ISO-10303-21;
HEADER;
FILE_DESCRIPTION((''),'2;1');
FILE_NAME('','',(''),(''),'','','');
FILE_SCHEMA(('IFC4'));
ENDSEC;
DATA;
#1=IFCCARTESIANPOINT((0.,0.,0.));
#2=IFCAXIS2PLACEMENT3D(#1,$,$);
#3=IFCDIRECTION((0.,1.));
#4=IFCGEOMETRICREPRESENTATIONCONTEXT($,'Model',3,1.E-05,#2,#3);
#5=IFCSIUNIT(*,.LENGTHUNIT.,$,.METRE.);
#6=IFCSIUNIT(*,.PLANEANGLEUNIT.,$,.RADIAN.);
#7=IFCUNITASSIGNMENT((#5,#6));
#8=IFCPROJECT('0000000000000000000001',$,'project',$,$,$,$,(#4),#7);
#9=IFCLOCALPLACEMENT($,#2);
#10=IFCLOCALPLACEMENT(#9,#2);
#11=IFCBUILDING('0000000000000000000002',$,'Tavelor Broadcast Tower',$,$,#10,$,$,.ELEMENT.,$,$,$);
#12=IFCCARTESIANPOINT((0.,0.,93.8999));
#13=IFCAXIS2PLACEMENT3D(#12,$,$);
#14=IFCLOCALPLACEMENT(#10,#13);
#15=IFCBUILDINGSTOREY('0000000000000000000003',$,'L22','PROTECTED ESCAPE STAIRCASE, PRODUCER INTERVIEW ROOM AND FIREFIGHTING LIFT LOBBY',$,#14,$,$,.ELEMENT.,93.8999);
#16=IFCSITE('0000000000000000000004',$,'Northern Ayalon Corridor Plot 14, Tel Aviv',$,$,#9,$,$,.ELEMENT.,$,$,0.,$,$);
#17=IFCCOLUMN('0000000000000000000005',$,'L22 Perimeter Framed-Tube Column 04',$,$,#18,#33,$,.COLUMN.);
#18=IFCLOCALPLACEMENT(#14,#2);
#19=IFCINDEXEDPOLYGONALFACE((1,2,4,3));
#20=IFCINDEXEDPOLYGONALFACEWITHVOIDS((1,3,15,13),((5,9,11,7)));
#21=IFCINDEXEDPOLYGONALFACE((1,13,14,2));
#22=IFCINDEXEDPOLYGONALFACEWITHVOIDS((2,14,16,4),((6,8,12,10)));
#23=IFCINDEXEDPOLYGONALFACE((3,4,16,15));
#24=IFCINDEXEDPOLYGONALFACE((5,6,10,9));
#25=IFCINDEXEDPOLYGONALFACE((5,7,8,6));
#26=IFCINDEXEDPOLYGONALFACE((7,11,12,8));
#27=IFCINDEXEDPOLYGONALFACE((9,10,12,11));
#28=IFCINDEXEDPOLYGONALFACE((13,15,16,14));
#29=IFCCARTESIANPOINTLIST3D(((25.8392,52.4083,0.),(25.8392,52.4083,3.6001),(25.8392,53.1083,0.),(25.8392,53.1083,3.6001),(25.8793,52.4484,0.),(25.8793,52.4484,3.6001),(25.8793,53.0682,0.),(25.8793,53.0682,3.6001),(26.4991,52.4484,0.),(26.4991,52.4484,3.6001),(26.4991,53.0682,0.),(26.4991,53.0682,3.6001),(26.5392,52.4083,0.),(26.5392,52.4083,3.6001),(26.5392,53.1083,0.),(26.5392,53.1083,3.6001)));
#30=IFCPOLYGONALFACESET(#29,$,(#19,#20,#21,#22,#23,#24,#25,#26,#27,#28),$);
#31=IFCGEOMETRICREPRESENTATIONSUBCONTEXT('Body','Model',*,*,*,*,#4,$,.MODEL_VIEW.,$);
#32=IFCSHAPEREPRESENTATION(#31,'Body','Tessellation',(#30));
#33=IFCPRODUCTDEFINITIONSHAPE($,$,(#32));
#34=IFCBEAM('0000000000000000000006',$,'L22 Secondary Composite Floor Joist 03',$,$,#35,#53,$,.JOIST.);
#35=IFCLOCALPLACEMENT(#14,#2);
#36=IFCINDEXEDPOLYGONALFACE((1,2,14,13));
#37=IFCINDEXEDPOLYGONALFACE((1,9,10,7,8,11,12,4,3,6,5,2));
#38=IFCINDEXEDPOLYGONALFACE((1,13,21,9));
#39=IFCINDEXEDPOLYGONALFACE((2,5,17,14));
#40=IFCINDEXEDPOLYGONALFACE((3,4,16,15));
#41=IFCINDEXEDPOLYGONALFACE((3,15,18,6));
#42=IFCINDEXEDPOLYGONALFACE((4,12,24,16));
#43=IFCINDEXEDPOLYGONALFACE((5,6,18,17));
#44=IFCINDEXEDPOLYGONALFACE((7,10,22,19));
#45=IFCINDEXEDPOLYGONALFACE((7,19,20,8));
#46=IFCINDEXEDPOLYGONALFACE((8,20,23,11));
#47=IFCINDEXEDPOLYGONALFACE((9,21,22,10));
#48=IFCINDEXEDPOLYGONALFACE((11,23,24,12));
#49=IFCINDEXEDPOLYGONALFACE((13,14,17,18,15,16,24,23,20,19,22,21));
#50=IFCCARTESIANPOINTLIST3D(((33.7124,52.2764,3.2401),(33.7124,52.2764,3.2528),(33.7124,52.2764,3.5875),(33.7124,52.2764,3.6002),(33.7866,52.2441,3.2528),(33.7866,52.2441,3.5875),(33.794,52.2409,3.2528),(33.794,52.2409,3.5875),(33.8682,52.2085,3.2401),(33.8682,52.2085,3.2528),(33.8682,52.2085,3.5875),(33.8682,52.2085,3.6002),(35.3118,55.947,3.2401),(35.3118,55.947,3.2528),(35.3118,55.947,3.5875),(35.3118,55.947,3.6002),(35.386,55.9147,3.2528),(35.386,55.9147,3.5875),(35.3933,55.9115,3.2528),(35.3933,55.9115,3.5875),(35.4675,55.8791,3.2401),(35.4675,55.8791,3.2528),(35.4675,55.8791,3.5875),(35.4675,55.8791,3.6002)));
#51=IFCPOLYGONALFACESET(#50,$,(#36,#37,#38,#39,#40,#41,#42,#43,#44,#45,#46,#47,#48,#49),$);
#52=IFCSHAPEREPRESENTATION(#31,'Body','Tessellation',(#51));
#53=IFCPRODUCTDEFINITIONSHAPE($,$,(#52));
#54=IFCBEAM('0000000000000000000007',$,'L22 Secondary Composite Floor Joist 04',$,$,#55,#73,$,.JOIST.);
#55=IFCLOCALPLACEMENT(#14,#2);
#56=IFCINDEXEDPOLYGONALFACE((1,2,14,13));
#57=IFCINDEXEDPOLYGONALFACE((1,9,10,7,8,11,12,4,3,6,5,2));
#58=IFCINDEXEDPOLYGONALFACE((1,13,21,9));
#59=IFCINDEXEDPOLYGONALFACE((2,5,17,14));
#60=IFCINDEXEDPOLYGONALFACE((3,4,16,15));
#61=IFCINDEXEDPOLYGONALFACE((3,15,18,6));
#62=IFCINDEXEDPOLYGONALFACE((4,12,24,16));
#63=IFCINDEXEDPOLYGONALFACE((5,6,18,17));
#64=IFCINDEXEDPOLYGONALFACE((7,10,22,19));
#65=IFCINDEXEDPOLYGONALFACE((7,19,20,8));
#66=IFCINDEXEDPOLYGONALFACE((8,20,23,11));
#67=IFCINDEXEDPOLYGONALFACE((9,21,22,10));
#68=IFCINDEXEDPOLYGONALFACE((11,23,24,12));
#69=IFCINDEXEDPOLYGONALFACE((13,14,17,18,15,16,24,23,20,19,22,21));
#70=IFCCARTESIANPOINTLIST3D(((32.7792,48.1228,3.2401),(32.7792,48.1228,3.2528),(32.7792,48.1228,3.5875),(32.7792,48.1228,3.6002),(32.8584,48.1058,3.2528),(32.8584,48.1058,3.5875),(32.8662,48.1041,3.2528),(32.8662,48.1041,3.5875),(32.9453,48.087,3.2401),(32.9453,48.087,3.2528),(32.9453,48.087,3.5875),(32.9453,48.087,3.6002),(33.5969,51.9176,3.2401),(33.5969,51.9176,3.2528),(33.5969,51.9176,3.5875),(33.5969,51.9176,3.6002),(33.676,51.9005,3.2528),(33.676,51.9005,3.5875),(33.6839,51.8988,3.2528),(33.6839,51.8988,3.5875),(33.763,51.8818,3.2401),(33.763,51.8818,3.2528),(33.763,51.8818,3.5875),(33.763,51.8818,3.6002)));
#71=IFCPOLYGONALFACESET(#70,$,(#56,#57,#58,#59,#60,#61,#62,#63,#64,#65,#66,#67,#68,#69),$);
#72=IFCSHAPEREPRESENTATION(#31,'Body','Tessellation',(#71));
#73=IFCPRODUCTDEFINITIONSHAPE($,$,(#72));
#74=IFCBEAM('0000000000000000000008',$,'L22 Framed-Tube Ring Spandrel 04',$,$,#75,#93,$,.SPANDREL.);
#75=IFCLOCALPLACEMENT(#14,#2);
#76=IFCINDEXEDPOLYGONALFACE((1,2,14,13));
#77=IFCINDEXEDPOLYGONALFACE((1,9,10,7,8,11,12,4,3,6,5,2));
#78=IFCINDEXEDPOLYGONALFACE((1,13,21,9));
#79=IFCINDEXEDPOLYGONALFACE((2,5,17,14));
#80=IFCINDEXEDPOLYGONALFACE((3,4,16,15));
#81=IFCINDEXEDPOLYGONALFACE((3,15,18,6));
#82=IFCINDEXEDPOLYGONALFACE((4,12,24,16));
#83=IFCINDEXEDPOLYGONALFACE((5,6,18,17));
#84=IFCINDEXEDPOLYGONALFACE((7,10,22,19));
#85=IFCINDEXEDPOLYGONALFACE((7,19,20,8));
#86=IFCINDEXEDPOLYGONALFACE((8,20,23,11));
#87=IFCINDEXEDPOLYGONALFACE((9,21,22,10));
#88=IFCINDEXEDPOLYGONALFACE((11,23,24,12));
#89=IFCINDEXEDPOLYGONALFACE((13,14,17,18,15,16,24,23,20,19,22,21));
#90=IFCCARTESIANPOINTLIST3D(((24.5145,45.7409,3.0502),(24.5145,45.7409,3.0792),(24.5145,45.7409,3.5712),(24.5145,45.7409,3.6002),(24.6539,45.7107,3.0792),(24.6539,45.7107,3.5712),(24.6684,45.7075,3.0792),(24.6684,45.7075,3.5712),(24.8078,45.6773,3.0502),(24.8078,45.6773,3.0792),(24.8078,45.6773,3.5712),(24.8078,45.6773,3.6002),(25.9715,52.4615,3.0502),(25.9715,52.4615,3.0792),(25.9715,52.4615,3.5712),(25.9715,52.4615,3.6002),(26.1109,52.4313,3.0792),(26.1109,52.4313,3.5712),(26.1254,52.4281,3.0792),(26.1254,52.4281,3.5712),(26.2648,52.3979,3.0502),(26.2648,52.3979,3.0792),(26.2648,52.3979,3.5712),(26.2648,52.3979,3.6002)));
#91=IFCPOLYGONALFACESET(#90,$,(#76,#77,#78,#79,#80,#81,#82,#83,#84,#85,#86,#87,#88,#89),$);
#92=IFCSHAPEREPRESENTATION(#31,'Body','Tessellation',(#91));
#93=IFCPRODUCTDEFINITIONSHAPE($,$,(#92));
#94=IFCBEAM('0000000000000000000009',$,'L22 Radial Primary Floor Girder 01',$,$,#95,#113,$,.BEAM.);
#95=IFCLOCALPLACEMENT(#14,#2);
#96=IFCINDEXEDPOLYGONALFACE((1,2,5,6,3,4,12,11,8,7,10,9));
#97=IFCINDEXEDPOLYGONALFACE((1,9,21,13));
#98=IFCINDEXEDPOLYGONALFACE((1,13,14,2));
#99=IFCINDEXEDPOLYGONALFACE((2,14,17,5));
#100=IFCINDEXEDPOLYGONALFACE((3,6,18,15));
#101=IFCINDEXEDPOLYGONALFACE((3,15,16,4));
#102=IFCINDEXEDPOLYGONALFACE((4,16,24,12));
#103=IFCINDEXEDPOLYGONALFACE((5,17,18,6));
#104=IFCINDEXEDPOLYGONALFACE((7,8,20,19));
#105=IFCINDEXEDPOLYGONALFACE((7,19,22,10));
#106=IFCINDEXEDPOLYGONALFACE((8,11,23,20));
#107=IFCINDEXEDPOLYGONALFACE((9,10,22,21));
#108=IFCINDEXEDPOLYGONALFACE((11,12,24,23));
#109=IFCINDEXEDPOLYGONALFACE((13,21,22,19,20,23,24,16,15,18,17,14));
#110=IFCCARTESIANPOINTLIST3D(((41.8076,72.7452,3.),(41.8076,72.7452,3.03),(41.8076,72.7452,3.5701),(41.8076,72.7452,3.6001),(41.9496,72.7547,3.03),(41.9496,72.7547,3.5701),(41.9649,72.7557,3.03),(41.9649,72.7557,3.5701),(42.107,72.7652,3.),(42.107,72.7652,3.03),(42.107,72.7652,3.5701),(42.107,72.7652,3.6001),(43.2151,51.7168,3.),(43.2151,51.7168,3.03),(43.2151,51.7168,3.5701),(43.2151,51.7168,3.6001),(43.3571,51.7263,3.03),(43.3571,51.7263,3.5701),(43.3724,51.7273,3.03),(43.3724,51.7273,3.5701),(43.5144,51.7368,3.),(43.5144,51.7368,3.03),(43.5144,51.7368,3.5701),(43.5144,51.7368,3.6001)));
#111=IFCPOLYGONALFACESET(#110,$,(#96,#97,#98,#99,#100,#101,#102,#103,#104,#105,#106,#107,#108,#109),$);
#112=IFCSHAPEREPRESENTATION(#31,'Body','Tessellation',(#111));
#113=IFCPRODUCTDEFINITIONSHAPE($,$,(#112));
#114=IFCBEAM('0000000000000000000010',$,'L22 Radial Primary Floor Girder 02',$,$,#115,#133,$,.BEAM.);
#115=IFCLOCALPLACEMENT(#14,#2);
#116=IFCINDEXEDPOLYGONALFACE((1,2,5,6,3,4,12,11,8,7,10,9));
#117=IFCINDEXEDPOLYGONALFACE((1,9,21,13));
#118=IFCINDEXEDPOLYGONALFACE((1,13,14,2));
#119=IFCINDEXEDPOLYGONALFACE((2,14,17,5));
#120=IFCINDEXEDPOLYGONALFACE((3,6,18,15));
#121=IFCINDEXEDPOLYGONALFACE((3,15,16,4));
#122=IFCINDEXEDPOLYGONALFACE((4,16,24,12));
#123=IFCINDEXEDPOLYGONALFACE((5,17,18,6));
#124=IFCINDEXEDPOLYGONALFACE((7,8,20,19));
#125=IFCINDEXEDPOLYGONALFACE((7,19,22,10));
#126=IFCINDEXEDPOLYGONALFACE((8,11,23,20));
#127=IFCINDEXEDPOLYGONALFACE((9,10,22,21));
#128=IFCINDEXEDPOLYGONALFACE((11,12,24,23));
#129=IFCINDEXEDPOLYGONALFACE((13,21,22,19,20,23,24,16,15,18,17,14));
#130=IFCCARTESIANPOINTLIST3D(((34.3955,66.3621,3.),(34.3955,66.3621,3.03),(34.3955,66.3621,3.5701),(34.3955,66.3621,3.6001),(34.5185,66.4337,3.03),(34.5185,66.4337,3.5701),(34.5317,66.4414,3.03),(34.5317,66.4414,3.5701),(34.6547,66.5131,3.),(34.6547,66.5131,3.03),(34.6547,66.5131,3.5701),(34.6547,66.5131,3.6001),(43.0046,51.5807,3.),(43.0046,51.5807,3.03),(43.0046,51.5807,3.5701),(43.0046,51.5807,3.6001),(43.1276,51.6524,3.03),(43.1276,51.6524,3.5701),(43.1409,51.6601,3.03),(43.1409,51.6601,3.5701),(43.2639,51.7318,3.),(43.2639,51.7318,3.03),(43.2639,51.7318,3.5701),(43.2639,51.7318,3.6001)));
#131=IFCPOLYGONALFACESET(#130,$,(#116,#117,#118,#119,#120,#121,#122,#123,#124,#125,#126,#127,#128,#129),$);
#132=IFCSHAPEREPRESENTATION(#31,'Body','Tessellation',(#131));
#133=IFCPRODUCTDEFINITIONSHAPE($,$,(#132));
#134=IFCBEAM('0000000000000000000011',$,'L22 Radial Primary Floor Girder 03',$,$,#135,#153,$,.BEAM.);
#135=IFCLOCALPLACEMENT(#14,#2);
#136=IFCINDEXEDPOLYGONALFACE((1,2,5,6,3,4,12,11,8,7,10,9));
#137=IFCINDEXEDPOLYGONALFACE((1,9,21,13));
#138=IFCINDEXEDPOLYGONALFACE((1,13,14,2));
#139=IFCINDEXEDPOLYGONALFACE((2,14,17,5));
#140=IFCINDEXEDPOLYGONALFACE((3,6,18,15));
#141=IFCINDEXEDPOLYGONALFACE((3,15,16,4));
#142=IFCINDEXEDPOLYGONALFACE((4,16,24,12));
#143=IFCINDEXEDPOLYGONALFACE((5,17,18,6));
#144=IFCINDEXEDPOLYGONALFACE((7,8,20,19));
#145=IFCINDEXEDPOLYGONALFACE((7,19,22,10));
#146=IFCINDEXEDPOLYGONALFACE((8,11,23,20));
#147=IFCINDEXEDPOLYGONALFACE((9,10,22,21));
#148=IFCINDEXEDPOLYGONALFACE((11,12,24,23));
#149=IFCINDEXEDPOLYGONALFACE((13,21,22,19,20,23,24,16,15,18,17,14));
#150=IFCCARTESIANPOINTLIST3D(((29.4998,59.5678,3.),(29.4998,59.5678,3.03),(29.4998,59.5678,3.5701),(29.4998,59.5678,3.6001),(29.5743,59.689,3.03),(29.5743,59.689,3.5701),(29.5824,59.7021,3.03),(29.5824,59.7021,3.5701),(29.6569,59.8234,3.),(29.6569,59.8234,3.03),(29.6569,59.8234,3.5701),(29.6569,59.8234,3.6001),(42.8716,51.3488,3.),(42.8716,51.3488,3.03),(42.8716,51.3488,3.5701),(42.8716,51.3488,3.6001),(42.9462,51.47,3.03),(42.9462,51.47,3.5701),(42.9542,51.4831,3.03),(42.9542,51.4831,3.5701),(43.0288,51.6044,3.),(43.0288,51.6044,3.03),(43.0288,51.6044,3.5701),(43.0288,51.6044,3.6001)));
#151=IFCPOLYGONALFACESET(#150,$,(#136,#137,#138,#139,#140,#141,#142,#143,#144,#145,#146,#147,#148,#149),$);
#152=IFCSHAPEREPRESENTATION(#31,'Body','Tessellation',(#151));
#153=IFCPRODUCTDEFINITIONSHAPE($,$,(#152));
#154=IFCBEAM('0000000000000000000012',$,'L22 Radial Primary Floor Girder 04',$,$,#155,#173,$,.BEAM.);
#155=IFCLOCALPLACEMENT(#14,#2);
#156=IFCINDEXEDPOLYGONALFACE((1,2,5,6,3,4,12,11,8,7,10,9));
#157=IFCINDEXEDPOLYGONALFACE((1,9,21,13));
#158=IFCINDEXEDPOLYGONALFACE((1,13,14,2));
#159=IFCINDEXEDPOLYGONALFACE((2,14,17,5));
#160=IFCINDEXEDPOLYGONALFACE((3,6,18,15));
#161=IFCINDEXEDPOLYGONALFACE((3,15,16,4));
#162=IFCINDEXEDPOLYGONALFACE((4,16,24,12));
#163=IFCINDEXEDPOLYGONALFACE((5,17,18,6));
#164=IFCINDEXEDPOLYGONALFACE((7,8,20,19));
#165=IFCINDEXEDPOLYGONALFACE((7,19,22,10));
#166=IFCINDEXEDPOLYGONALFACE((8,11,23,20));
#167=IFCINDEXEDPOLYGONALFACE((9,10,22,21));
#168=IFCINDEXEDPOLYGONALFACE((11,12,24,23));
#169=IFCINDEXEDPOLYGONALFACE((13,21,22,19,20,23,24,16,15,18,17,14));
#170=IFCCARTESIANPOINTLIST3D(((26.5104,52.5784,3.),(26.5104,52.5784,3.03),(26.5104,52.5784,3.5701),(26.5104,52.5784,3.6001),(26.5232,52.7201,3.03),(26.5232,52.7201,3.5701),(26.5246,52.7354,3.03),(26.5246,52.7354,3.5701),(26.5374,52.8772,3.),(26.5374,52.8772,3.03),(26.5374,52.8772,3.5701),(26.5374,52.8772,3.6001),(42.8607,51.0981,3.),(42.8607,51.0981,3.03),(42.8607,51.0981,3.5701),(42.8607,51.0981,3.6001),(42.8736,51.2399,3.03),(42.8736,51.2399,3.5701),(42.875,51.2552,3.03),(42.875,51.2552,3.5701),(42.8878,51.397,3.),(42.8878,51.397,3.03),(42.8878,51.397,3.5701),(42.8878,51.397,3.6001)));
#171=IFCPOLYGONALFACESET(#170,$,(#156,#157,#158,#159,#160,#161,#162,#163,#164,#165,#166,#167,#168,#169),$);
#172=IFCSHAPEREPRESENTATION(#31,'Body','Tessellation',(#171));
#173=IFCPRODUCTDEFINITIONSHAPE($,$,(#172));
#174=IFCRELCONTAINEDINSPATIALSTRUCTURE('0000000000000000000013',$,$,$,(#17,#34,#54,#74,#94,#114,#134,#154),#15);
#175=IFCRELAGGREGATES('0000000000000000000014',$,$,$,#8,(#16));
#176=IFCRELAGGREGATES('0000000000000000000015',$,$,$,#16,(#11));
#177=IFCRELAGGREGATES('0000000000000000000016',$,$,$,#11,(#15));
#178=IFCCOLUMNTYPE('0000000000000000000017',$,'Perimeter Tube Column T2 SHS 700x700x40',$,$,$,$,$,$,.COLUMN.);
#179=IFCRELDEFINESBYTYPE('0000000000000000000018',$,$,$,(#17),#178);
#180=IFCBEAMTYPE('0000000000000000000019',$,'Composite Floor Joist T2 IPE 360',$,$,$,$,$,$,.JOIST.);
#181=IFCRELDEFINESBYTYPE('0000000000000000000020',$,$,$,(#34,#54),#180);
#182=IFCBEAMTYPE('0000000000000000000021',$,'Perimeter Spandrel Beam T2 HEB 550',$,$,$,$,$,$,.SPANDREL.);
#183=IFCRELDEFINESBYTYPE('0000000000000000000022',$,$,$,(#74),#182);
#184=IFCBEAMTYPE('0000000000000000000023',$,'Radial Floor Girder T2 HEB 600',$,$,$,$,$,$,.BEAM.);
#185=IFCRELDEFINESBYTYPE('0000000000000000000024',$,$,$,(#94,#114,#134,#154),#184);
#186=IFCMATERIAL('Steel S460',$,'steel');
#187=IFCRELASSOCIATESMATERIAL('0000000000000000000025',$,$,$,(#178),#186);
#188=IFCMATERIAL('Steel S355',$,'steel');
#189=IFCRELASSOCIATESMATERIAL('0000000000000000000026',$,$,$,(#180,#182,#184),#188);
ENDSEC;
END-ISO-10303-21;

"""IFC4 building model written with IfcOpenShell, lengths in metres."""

from ifc_helpers import new_model, si_unit, direction, frame, origin, origin_2d, place, context, subcontext, project, spatial, hollow_rectangle, i_section, extrude, material, material_profile, profile_set, type_object, element, save


model = new_model("IFC4")

# Units and contexts
model_context = context("Model", 3, precision=1e-05, world=origin(), true_north=direction((0.0, 1.0)))
body_context = subcontext(model_context, "Body", "Model", "MODEL_VIEW")
ifc_project = project(units=[si_unit("LENGTHUNIT", "METRE"), si_unit("PLANEANGLEUNIT", "RADIAN")], contexts=[model_context])

# Site, building, storey
site_placement = place(None, origin())
site = spatial("IfcSite", under=ifc_project, at=site_placement, Name="Northern Ayalon Corridor Plot 14, Tel Aviv", CompositionType="ELEMENT", RefElevation=0.0)
building_placement = place(site_placement, origin())
building = spatial("IfcBuilding", under=site, at=building_placement, Name="Tavelor Broadcast Tower", CompositionType="ELEMENT")
storey_placement = place(building_placement, frame((0.0, 0.0, 93.8999)))
storey = spatial("IfcBuildingStorey", under=building, at=storey_placement, Name="L22", Description="PROTECTED ESCAPE STAIRCASE, PRODUCER INTERVIEW ROOM AND FIREFIGHTING LIFT LOBBY", CompositionType="ELEMENT", Elevation=93.8999)

# Column
ifc_material_1 = material(Name="Steel S460", Category="steel")
ifc_material_profile_1 = material_profile(ifc_material_1, hollow_rectangle(XDim=0.7, YDim=0.7, WallThickness=0.04, at=origin_2d()), Name="SHS 700x700x40")
ifc_profile_set_1 = profile_set([ifc_material_profile_1], Name="Steel S460")
column_type = type_object("IfcColumnType", Name="Perimeter Tube Column T2 SHS 700x700x40", PredefinedType="COLUMN", material=ifc_profile_set_1)
column_placement = place(storey_placement, frame((26.1892, 52.7583, 0.0), z_axis=(0.0, 0.0, 1.0), x_axis=(1.0, 0.0, 0.0)))
element("IfcColumn", 1, at=column_placement, inside=storey, type_object=column_type, Name="L22 Perimeter Framed-Tube Column 04", PredefinedType="COLUMN", context=body_context, shape_type="SweptSolid", body=[
    extrude(hollow_rectangle(XDim=0.7, YDim=0.7, WallThickness=0.04, at=origin_2d()), origin(), (0.0, 0.0, 1.0), 3.6001),
])

# Beams
ifc_material_2 = material(Name="Steel S355", Category="steel")
ifc_material_profile_2 = material_profile(ifc_material_2, i_section(OverallWidth=0.1699, OverallDepth=0.3601, WebThickness=0.0081, FlangeThickness=0.0127, at=origin_2d()), Name="IPE 360")
ifc_profile_set_2 = profile_set([ifc_material_profile_2], Name="Steel S355")
beam_type_1 = type_object("IfcBeamType", Name="Composite Floor Joist T2 IPE 360", PredefinedType="JOIST", material=ifc_profile_set_2)
beam_1_placement = place(storey_placement, frame((35.3896, 55.9131, 3.4202), z_axis=(-0.399446, -0.916757, 0.0), x_axis=(0.916757, -0.399446, 0.0)))
element("IfcBeam", 2, at=beam_1_placement, inside=storey, type_object=beam_type_1, Name="L22 Secondary Composite Floor Joist 03", PredefinedType="JOIST", context=body_context, shape_type="SweptSolid", body=[
    extrude(i_section(OverallWidth=0.1699, OverallDepth=0.3601, WebThickness=0.0081, FlangeThickness=0.0127, at=origin_2d()), origin(), (0.0, 0.0, 1.0), 4.0039),
])
beam_2_placement = place(storey_placement, frame((33.6799, 51.8997, 3.4202), z_axis=(-0.210633, -0.977565, 0.0), x_axis=(0.977565, -0.210633, 0.0)))
element("IfcBeam", 3, at=beam_2_placement, inside=storey, type_object=beam_type_1, Name="L22 Secondary Composite Floor Joist 04", PredefinedType="JOIST", context=body_context, shape_type="SweptSolid", body=[
    extrude(i_section(OverallWidth=0.1699, OverallDepth=0.3601, WebThickness=0.0081, FlangeThickness=0.0127, at=origin_2d()), origin(), (0.0, 0.0, 1.0), 3.8818),
])
ifc_material_profile_3 = material_profile(ifc_material_2, i_section(OverallWidth=0.3, OverallDepth=0.55, WebThickness=0.0149, FlangeThickness=0.0291, at=origin_2d()), Name="HEB 550")
ifc_profile_set_3 = profile_set([ifc_material_profile_3], Name="Steel S355")
beam_type_2 = type_object("IfcBeamType", Name="Perimeter Spandrel Beam T2 HEB 550", PredefinedType="SPANDREL", material=ifc_profile_set_3)
beam_3_placement = place(storey_placement, frame((26.1182, 52.4297, 3.3252), z_axis=(-0.211875, -0.977297, 0.0), x_axis=(0.977297, -0.211875, 0.0)))
element("IfcBeam", 4, at=beam_3_placement, inside=storey, type_object=beam_type_2, Name="L22 Framed-Tube Ring Spandrel 04", PredefinedType="SPANDREL", context=body_context, shape_type="SweptSolid", body=[
    extrude(i_section(OverallWidth=0.3, OverallDepth=0.55, WebThickness=0.0149, FlangeThickness=0.0291, at=origin_2d()), origin(), (0.0, 0.0, 1.0), 6.8767),
])
ifc_material_profile_4 = material_profile(ifc_material_2, i_section(OverallWidth=0.3, OverallDepth=0.6001, WebThickness=0.0154, FlangeThickness=0.03, at=origin_2d()), Name="HEB 600")
ifc_profile_set_4 = profile_set([ifc_material_profile_4], Name="Steel S355")
beam_type_3 = type_object("IfcBeamType", Name="Radial Floor Girder T2 HEB 600", PredefinedType="BEAM", material=ifc_profile_set_4)
beam_4_placement = place(storey_placement, frame((43.3647, 51.7268, 3.3), z_axis=(-0.066783, 0.997768, 0.0), x_axis=(-0.997768, -0.066783, 0.0)))
element("IfcBeam", 5, at=beam_4_placement, inside=storey, type_object=beam_type_3, Name="L22 Radial Primary Floor Girder 01", PredefinedType="BEAM", context=body_context, shape_type="SweptSolid", body=[
    extrude(i_section(OverallWidth=0.3, OverallDepth=0.6001, WebThickness=0.0154, FlangeThickness=0.03, at=origin_2d()), origin(), (0.0, 0.0, 1.0), 21.0754),
])
beam_5_placement = place(storey_placement, frame((43.1343, 51.6562, 3.3), z_axis=(-0.503292, 0.864116, 0.0), x_axis=(-0.864116, -0.503292, 0.0)))
element("IfcBeam", 6, at=beam_5_placement, inside=storey, type_object=beam_type_3, Name="L22 Radial Primary Floor Girder 02", PredefinedType="BEAM", context=body_context, shape_type="SweptSolid", body=[
    extrude(i_section(OverallWidth=0.3, OverallDepth=0.6001, WebThickness=0.0154, FlangeThickness=0.03, at=origin_2d()), origin(), (0.0, 0.0, 1.0), 17.1057),
])
beam_6_placement = place(storey_placement, frame((42.9502, 51.4766, 3.3), z_axis=(-0.851938, 0.523643, 0.0), x_axis=(-0.523643, -0.851938, 0.0)))
element("IfcBeam", 7, at=beam_6_placement, inside=storey, type_object=beam_type_3, Name="L22 Radial Primary Floor Girder 03", PredefinedType="BEAM", context=body_context, shape_type="SweptSolid", body=[
    extrude(i_section(OverallWidth=0.3, OverallDepth=0.6001, WebThickness=0.0154, FlangeThickness=0.03, at=origin_2d()), origin(), (0.0, 0.0, 1.0), 15.6958),
])
beam_7_placement = place(storey_placement, frame((42.8743, 51.2476, 3.3), z_axis=(-0.995927, 0.090163, 0.0), x_axis=(-0.090163, -0.995927, 0.0)))
element("IfcBeam", 8, at=beam_7_placement, inside=storey, type_object=beam_type_3, Name="L22 Radial Primary Floor Girder 04", PredefinedType="BEAM", context=body_context, shape_type="SweptSolid", body=[
    extrude(i_section(OverallWidth=0.3, OverallDepth=0.6001, WebThickness=0.0154, FlangeThickness=0.03, at=origin_2d()), origin(), (0.0, 0.0, 1.0), 16.4172),
])

save(model, "model.ifc")
